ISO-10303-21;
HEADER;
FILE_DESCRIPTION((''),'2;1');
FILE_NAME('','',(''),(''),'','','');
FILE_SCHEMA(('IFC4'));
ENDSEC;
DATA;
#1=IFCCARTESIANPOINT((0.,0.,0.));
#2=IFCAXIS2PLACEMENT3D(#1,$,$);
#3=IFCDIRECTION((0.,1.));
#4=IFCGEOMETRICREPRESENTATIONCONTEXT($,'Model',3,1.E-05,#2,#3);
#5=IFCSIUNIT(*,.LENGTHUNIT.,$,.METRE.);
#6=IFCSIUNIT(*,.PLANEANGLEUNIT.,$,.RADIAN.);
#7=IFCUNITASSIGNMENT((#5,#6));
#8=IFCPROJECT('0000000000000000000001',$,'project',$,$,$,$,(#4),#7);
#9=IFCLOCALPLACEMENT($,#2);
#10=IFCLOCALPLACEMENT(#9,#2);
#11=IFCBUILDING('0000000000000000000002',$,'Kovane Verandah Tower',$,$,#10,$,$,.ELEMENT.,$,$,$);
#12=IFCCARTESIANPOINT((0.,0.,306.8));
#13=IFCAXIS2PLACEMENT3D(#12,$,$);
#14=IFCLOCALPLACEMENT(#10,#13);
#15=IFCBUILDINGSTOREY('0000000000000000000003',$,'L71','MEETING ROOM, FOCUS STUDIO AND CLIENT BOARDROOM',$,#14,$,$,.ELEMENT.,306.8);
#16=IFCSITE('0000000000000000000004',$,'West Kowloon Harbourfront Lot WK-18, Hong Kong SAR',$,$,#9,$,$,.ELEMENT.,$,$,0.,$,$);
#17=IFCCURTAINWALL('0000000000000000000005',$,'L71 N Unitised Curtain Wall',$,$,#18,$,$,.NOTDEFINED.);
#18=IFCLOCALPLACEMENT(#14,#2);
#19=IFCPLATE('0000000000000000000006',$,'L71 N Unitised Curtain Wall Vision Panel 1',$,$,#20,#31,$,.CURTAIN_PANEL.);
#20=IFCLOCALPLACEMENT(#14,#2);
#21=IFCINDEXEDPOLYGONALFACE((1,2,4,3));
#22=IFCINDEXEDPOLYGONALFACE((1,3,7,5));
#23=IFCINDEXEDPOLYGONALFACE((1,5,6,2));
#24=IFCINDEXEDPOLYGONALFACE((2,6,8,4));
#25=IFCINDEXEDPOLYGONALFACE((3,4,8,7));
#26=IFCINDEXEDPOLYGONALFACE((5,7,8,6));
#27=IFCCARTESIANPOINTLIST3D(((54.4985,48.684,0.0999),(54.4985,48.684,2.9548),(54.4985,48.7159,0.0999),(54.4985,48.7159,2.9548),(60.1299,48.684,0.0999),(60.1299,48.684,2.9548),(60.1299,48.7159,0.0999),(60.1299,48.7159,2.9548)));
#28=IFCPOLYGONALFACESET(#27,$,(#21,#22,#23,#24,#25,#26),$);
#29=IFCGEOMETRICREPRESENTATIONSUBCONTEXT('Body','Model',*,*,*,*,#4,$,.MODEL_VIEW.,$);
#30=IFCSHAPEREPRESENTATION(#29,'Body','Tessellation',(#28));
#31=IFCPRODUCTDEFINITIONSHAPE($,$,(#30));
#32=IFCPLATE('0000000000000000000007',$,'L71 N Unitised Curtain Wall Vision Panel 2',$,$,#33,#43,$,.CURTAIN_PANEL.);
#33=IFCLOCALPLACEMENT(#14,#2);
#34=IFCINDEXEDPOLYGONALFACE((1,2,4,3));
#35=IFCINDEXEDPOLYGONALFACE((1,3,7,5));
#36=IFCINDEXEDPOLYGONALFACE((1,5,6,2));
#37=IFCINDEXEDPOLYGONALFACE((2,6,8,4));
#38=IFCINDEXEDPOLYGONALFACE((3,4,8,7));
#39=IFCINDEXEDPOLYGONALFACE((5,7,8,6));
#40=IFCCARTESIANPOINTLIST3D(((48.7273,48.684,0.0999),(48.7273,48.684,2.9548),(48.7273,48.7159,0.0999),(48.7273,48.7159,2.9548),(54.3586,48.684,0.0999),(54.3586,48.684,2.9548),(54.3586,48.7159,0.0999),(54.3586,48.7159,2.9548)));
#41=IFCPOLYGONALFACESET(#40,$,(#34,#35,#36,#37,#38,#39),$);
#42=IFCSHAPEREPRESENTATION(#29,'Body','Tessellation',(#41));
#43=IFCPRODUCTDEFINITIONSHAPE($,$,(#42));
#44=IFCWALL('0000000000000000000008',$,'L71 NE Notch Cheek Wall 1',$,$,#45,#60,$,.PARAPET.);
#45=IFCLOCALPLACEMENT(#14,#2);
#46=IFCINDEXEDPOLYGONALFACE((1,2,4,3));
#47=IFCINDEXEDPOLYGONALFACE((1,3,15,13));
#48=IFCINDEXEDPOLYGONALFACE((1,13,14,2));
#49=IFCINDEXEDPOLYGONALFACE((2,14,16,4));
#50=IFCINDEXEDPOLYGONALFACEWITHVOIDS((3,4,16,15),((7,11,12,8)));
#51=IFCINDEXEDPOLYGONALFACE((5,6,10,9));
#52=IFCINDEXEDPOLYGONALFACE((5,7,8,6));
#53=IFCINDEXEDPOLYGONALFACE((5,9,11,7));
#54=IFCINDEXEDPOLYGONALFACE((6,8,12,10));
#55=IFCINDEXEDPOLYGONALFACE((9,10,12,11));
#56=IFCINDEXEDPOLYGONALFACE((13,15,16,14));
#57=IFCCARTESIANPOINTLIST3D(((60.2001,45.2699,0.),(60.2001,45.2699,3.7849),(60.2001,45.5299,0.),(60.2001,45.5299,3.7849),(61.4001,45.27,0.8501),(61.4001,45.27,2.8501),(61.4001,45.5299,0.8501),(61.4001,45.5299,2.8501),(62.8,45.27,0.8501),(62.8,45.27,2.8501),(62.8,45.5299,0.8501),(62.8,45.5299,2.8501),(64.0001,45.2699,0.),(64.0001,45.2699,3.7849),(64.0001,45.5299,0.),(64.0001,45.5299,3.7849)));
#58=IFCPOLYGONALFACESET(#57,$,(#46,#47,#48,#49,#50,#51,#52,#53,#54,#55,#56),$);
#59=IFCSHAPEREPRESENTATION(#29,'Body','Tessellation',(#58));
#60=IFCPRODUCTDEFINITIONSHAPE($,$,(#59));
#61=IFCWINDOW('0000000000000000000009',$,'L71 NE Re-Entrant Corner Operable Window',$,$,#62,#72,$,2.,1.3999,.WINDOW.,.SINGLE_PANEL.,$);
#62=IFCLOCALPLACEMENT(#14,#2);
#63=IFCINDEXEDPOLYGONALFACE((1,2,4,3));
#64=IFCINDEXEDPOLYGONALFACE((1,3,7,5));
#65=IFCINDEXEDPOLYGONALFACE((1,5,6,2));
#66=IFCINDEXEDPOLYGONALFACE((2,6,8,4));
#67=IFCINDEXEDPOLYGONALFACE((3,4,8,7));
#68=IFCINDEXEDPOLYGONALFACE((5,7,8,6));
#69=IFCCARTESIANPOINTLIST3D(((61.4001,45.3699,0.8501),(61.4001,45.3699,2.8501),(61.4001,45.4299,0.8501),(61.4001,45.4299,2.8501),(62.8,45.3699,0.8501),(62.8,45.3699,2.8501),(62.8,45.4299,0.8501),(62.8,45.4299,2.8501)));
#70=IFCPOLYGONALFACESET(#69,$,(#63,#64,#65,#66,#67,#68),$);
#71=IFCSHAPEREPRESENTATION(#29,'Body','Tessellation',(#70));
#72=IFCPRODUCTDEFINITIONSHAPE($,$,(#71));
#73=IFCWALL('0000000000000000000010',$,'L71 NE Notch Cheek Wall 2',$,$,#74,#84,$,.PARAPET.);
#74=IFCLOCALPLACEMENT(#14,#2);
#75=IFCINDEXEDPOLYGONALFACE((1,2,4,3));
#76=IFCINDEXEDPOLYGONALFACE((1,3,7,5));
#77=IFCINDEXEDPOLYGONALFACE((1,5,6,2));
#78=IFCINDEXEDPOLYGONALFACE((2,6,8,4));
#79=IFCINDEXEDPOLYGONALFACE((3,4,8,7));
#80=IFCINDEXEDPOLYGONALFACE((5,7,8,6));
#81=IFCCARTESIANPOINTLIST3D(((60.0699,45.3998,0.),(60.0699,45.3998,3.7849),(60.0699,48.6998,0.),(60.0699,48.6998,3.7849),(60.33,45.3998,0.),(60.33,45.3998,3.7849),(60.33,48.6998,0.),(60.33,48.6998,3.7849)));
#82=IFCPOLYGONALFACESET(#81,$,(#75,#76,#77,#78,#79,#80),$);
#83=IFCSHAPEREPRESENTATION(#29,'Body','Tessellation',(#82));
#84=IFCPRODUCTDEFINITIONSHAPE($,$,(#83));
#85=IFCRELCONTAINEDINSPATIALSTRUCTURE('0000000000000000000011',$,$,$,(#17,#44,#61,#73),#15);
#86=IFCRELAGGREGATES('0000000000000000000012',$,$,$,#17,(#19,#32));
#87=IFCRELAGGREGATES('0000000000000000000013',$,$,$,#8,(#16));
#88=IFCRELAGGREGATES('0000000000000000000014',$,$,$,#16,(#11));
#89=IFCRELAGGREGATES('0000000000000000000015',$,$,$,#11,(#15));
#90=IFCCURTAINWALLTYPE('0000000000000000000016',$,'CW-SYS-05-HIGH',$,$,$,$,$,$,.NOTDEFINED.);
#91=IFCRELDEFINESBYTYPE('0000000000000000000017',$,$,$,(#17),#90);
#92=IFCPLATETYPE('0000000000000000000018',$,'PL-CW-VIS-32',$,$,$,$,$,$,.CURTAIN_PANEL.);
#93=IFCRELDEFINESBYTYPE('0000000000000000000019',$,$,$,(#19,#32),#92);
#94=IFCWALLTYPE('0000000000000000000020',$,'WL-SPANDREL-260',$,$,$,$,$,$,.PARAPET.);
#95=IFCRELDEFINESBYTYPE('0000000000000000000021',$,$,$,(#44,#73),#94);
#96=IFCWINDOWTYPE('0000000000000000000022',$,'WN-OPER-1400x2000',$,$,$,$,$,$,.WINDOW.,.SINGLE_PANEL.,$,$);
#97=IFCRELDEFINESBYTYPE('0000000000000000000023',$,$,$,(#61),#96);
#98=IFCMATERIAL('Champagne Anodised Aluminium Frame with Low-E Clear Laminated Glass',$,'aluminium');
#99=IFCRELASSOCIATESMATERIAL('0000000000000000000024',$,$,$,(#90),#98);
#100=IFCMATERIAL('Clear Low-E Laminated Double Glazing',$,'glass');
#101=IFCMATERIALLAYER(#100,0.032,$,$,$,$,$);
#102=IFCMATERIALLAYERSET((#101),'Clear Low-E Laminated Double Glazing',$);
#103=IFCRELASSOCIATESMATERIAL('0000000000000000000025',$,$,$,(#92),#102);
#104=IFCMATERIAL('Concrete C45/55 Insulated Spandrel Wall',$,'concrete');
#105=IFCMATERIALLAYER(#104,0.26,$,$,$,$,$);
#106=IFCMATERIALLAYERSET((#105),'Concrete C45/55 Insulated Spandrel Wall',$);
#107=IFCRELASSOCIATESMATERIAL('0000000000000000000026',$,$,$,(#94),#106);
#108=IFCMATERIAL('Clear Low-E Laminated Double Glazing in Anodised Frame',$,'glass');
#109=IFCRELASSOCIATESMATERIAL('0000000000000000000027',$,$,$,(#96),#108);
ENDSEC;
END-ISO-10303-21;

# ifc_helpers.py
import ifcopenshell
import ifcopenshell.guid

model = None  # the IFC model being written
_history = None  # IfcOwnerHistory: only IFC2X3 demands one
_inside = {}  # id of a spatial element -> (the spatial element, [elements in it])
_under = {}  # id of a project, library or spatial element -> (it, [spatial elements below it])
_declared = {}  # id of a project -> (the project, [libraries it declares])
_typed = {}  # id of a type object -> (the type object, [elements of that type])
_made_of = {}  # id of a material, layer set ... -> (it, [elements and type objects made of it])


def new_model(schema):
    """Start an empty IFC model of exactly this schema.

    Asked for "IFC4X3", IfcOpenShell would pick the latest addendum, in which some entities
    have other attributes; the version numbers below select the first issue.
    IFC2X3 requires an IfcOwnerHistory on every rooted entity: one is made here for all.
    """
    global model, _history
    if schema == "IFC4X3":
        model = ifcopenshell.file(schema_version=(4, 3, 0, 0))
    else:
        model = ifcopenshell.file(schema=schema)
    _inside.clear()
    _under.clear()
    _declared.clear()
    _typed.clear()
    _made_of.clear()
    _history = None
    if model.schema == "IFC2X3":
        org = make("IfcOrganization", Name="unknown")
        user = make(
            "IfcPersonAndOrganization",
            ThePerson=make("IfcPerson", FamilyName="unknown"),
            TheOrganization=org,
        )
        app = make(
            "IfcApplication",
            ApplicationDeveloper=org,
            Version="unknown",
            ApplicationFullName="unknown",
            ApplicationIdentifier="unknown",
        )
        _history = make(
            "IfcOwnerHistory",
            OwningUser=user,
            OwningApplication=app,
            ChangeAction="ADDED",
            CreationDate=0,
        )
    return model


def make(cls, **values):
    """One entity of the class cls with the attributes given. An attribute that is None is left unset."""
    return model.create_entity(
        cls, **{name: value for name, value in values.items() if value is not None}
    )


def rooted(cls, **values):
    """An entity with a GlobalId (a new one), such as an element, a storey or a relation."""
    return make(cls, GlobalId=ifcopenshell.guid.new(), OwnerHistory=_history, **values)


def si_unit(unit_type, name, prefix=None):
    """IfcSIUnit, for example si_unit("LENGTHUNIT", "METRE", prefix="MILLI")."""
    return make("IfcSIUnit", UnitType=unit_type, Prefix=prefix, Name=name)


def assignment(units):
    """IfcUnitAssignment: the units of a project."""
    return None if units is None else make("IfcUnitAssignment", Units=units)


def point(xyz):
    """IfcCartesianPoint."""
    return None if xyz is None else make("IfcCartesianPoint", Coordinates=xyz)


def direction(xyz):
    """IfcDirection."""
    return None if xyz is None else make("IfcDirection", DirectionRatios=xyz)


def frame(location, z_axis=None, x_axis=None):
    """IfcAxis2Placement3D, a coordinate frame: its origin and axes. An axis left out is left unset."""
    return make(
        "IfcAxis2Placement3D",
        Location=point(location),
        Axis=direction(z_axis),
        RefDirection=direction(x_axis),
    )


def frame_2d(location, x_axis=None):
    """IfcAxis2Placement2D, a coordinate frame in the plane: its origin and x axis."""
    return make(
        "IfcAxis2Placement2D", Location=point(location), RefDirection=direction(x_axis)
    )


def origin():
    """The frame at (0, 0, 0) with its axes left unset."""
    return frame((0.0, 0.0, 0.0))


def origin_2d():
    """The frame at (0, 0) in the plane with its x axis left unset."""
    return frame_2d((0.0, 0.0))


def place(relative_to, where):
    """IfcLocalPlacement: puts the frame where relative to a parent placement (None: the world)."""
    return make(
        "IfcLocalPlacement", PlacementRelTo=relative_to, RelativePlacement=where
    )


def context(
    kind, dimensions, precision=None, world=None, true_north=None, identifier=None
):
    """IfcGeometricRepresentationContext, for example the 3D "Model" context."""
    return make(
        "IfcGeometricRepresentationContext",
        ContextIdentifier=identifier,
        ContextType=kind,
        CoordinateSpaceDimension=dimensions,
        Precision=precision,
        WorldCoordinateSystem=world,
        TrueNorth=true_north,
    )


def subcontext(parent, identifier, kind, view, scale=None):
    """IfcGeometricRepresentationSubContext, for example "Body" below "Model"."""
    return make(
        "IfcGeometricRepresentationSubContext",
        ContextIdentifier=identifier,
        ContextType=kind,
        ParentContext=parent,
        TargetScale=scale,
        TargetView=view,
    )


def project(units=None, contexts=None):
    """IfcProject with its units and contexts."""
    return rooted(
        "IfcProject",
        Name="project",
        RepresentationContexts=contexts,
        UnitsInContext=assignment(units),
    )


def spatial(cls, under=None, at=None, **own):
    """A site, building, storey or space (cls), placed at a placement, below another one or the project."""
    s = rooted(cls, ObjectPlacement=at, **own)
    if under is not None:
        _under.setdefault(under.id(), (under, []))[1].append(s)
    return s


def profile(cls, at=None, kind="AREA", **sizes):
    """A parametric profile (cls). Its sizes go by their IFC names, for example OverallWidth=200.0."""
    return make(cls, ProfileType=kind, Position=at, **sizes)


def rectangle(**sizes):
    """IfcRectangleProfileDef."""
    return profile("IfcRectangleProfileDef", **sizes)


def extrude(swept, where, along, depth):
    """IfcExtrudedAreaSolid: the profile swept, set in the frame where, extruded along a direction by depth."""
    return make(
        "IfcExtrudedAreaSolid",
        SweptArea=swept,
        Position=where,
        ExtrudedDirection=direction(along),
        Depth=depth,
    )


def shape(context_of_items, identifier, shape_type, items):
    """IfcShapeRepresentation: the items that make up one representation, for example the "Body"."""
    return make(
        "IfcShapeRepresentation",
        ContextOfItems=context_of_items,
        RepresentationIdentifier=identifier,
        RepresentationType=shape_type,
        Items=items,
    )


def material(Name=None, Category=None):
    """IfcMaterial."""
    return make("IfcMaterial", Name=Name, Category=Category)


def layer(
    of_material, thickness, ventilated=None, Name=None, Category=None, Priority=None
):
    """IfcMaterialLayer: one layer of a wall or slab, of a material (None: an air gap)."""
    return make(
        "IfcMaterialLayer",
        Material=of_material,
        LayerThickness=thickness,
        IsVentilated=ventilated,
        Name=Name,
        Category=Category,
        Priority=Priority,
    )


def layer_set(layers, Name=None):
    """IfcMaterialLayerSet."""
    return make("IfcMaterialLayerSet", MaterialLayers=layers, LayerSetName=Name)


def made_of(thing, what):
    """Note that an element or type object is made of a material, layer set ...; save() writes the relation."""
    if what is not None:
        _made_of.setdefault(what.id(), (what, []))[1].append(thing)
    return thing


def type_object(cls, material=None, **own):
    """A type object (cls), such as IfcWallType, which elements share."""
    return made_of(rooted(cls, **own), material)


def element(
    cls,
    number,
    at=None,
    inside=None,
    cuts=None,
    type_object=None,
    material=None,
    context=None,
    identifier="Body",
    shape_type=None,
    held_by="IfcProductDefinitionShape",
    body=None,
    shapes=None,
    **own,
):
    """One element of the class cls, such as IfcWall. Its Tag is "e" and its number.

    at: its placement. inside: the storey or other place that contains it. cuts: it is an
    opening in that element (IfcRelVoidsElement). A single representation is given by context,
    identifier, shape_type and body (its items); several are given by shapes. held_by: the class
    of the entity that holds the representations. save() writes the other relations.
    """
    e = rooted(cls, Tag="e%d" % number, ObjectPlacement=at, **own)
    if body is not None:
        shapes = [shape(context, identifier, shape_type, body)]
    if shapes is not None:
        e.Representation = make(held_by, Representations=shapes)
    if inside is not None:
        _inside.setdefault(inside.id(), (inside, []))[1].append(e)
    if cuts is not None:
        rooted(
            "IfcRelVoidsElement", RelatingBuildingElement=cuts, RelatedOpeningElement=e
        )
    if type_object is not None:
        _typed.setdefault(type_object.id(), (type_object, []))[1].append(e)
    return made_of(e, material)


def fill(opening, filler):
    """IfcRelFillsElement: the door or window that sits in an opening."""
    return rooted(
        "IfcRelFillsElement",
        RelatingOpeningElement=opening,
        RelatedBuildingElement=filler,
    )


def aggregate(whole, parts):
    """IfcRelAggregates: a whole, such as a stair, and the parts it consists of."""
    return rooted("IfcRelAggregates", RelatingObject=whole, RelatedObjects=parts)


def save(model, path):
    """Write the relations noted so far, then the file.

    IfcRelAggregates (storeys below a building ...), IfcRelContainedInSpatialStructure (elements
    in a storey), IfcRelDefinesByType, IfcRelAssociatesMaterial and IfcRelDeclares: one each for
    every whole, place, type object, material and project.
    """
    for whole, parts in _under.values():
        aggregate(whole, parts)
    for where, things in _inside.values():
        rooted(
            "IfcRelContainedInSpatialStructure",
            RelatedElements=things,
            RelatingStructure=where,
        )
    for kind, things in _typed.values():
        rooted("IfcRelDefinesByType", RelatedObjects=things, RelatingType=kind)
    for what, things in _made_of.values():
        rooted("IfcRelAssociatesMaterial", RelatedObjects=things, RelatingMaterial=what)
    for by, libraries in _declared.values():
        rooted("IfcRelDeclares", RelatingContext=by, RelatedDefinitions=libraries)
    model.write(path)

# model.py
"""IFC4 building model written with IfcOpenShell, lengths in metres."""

from ifc_helpers import new_model, si_unit, direction, frame, frame_2d, origin, origin_2d, place, context, subcontext, project, spatial, rectangle, extrude, material, layer, layer_set, type_object, element, fill, aggregate, save


model = new_model("IFC4")

# Units and contexts
model_context = context("Model", 3, precision=1e-05, world=origin(), true_north=direction((0.0, 1.0)))
body_context = subcontext(model_context, "Body", "Model", "MODEL_VIEW")
ifc_project = project(units=[si_unit("LENGTHUNIT", "METRE"), si_unit("PLANEANGLEUNIT", "RADIAN")], contexts=[model_context])

# Site, building, storey
site_placement = place(None, origin())
site = spatial("IfcSite", under=ifc_project, at=site_placement, Name="West Kowloon Harbourfront Lot WK-18, Hong Kong SAR", CompositionType="ELEMENT", RefElevation=0.0)
building_placement = place(site_placement, origin())
building = spatial("IfcBuilding", under=site, at=building_placement, Name="Kovane Verandah Tower", CompositionType="ELEMENT")
storey_placement = place(building_placement, frame((0.0, 0.0, 306.8)))
storey = spatial("IfcBuildingStorey", under=building, at=storey_placement, Name="L71", Description="MEETING ROOM, FOCUS STUDIO AND CLIENT BOARDROOM", CompositionType="ELEMENT", Elevation=306.8)

# Shared definitions
ifc_material_1 = material(Name="Champagne Anodised Aluminium Frame with Low-E Clear Laminated Glass", Category="aluminium")
curtain_wall_type = type_object("IfcCurtainWallType", Name="CW-SYS-05-HIGH", PredefinedType="NOTDEFINED", material=ifc_material_1)

# Curtain wall
curtain_wall_1_placement = place(storey_placement, origin())
curtain_wall_1 = element("IfcCurtainWall", 1, at=curtain_wall_1_placement, inside=storey, type_object=curtain_wall_type, Name="L71 N Unitised Curtain Wall", PredefinedType="NOTDEFINED")

# Plates
ifc_material_2 = material(Name="Clear Low-E Laminated Double Glazing", Category="glass")
ifc_layer_1 = layer(ifc_material_2, 0.032)
ifc_layer_set_1 = layer_set([ifc_layer_1], Name="Clear Low-E Laminated Double Glazing")
plate_type_1 = type_object("IfcPlateType", Name="PL-CW-VIS-32", PredefinedType="CURTAIN_PANEL", material=ifc_layer_set_1)
plate_1_placement = place(storey_placement, frame((57.3142, 48.7, 0.0999), z_axis=(0.0, 0.0, 1.0), x_axis=(-1.0, 0.0, 0.0)))
plate_1 = element("IfcPlate", 2, at=plate_1_placement, type_object=plate_type_1, Name="L71 N Unitised Curtain Wall Vision Panel 1", PredefinedType="CURTAIN_PANEL", context=body_context, shape_type="SweptSolid", body=[
    extrude(rectangle(XDim=5.6313, YDim=0.032, at=origin_2d()), origin(), (0.0, 0.0, 1.0), 2.855),
])
plate_2_placement = place(storey_placement, frame((51.543, 48.7, 0.0999), z_axis=(0.0, 0.0, 1.0), x_axis=(-1.0, 0.0, 0.0)))
plate_2 = element("IfcPlate", 3, at=plate_2_placement, type_object=plate_type_1, Name="L71 N Unitised Curtain Wall Vision Panel 2", PredefinedType="CURTAIN_PANEL", context=body_context, shape_type="SweptSolid", body=[
    extrude(rectangle(XDim=5.6313, YDim=0.032, at=origin_2d()), origin(), (0.0, 0.0, 1.0), 2.855),
])
aggregate(curtain_wall_1, [plate_1, plate_2])

# Wall, opening, window
ifc_material_3 = material(Name="Concrete C45/55 Insulated Spandrel Wall", Category="concrete")
ifc_layer_2 = layer(ifc_material_3, 0.26)
ifc_layer_set_2 = layer_set([ifc_layer_2], Name="Concrete C45/55 Insulated Spandrel Wall")
wall_type = type_object("IfcWallType", Name="WL-SPANDREL-260", PredefinedType="PARAPET", material=ifc_layer_set_2)
wall_1_placement = place(storey_placement, frame((64.0, 45.3999, 0.0), z_axis=(0.0, 0.0, 1.0), x_axis=(-1.0, 0.0, 0.0)))
wall_1 = element("IfcWall", 4, at=wall_1_placement, inside=storey, type_object=wall_type, Name="L71 NE Notch Cheek Wall 1", PredefinedType="PARAPET", context=body_context, shape_type="SweptSolid", body=[
    extrude(rectangle(XDim=3.8, YDim=0.26, at=frame_2d((1.8999, 0.0))), origin(), (0.0, 0.0, 1.0), 3.7849),
])
opening_placement = place(wall_1_placement, frame((1.2, 0.0, 0.8501)))
opening = element("IfcOpeningElement", 5, at=opening_placement, cuts=wall_1, PredefinedType="OPENING", context=body_context, shape_type="SweptSolid", body=[
    extrude(rectangle(XDim=1.3999, YDim=2.0, at=frame_2d((0.7, 1.0))), frame((0.0, 0.1299, 0.0), z_axis=(0.0, -1.0, 0.0), x_axis=(1.0, 0.0, 0.0)), (0.0, 0.0, 1.0), 0.26),
])
ifc_material_4 = material(Name="Clear Low-E Laminated Double Glazing in Anodised Frame", Category="glass")
window_type = type_object("IfcWindowType", Name="WN-OPER-1400x2000", PartitioningType="SINGLE_PANEL", PredefinedType="WINDOW", material=ifc_material_4)
window_placement = place(opening_placement, origin())
window = element("IfcWindow", 6, at=window_placement, inside=storey, type_object=window_type, Name="L71 NE Re-Entrant Corner Operable Window", OverallHeight=2.0, OverallWidth=1.3999, PartitioningType="SINGLE_PANEL", PredefinedType="WINDOW", context=body_context, shape_type="SweptSolid", body=[
    extrude(rectangle(XDim=1.3999, YDim=2.0, at=frame_2d((0.7, 1.0))), frame((0.0, 0.03, 0.0), z_axis=(0.0, -1.0, 0.0), x_axis=(1.0, 0.0, 0.0)), (0.0, 0.0, 1.0), 0.0601),
])
fill(opening, window)

# Wall
wall_2_placement = place(storey_placement, frame((60.2, 45.3999, 0.0), z_axis=(0.0, 0.0, 1.0), x_axis=(0.0, 1.0, 0.0)))
element("IfcWall", 7, at=wall_2_placement, inside=storey, type_object=wall_type, Name="L71 NE Notch Cheek Wall 2", PredefinedType="PARAPET", context=body_context, shape_type="SweptSolid", body=[
    extrude(rectangle(XDim=3.3, YDim=0.26, at=frame_2d((1.6499, 0.0))), origin(), (0.0, 0.0, 1.0), 3.7849),
])

save(model, "model.ifc")
